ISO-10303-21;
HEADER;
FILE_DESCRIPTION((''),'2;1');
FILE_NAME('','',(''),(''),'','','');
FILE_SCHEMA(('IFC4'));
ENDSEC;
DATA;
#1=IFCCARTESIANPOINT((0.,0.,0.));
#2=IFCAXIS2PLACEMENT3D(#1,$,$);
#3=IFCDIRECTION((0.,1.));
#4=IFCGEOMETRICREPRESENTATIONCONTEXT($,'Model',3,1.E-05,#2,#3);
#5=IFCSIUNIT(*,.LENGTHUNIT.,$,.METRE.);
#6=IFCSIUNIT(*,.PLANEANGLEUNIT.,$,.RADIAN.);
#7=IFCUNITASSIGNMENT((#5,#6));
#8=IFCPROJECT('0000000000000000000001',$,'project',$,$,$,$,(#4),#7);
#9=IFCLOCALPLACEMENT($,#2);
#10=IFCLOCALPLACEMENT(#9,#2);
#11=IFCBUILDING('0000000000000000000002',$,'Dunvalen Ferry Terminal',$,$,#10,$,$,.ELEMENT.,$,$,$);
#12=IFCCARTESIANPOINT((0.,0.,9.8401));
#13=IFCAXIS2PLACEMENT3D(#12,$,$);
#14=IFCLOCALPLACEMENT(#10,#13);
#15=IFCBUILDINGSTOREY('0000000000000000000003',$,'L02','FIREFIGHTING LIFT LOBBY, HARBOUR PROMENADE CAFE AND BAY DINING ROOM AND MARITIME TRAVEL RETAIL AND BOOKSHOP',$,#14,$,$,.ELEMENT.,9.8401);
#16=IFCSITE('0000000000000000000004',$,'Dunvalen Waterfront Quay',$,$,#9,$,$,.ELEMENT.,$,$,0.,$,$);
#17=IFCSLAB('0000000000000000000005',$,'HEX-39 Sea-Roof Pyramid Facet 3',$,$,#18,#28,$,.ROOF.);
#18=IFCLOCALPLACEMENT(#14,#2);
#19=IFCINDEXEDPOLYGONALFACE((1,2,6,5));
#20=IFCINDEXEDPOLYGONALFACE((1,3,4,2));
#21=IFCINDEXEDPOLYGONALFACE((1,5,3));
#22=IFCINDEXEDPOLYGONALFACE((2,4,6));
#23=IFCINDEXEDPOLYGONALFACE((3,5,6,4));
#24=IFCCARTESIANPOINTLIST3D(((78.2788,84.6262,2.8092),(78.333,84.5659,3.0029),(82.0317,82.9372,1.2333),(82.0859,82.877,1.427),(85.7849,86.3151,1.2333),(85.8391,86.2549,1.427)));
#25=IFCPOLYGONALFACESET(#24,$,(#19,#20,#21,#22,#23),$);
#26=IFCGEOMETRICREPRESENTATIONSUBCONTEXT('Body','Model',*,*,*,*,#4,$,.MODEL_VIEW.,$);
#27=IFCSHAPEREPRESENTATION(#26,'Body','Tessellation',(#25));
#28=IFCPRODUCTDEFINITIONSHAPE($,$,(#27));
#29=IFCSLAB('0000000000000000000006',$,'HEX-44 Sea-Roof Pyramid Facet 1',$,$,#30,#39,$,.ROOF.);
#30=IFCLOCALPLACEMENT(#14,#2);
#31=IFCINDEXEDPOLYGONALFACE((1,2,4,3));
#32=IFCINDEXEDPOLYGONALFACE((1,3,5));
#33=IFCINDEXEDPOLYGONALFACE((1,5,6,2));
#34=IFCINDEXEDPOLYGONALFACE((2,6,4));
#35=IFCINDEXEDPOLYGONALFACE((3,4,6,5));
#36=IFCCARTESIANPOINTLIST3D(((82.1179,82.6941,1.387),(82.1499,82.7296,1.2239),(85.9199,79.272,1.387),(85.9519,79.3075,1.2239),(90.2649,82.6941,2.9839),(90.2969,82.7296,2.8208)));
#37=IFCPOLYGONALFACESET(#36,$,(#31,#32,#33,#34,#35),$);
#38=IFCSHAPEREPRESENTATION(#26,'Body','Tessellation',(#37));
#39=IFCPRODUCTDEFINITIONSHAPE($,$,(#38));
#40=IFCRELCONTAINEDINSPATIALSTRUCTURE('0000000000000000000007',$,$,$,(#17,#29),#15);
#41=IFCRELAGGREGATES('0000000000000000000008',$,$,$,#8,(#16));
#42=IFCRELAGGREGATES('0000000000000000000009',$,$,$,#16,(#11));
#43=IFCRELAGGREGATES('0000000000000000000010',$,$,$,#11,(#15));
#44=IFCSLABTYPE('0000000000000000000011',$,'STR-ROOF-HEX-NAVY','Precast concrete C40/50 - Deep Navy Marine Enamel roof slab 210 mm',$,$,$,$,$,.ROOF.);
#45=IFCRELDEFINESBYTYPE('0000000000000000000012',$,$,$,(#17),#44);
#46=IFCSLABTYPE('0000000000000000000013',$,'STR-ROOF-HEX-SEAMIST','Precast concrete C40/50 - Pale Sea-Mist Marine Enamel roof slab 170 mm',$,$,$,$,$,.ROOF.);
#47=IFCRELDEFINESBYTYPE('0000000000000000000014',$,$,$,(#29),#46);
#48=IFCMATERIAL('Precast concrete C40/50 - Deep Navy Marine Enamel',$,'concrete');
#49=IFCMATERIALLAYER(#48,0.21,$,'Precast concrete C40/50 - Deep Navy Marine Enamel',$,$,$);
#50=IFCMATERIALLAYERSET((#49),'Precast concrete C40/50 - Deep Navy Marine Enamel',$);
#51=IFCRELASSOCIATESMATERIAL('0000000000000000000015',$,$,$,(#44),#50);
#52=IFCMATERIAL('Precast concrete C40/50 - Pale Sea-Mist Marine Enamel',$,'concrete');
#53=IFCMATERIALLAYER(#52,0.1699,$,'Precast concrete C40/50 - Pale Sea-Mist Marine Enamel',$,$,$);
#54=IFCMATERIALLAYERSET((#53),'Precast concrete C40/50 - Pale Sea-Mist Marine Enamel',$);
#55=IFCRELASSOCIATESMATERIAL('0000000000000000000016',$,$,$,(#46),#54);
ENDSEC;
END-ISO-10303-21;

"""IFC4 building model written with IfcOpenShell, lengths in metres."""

from ifc_helpers import new_model, si_unit, direction, frame, origin, place, context, subcontext, project, spatial, polyline, outline, extrude, material, layer, layer_set, type_object, element, save


model = new_model("IFC4")

# Units and contexts
model_context = context("Model", 3, precision=1e-05, world=origin(), true_north=direction((0.0, 1.0)))
body_context = subcontext(model_context, "Body", "Model", "MODEL_VIEW")
ifc_project = project(units=[si_unit("LENGTHUNIT", "METRE"), si_unit("PLANEANGLEUNIT", "RADIAN")], contexts=[model_context])

# Site, building, storey
site_placement = place(None, origin())
site = spatial("IfcSite", under=ifc_project, at=site_placement, Name="Dunvalen Waterfront Quay", CompositionType="ELEMENT", RefElevation=0.0)
building_placement = place(site_placement, origin())
building = spatial("IfcBuilding", under=site, at=building_placement, Name="Dunvalen Ferry Terminal", CompositionType="ELEMENT")
storey_placement = place(building_placement, frame((0.0, 0.0, 9.8401)))
storey = spatial("IfcBuildingStorey", under=building, at=storey_placement, Name="L02", Description="FIREFIGHTING LIFT LOBBY, HARBOUR PROMENADE CAFE AND BAY DINING ROOM AND MARITIME TRAVEL RETAIL AND BOOKSHOP", CompositionType="ELEMENT", Elevation=9.8401)

# Slabs
ifc_material_1 = material(Name="Precast concrete C40/50 - Deep Navy Marine Enamel", Category="concrete")
ifc_layer_1 = layer(ifc_material_1, 0.21, Name="Precast concrete C40/50 - Deep Navy Marine Enamel")
ifc_layer_set_1 = layer_set([ifc_layer_1], Name="Precast concrete C40/50 - Deep Navy Marine Enamel")
slab_type_1 = type_object("IfcSlabType", Name="STR-ROOF-HEX-NAVY", Description="Precast concrete C40/50 - Deep Navy Marine Enamel roof slab 210 mm", PredefinedType="ROOF", material=ifc_layer_set_1)
slab_1_placement = place(storey_placement, frame((82.0859, 82.877, 1.427), z_axis=(0.258241, -0.286929, 0.922488), x_axis=(0.743287, 0.668973, 0.0)))
element("IfcSlab", 1, at=slab_1_placement, inside=storey, type_object=slab_type_1, Name="HEX-39 Sea-Roof Pyramid Facet 3", PredefinedType="ROOF", context=body_context, shape_type="SweptSolid", body=[
    extrude(outline(polyline([(0.0, 0.0), (5.0494, 0.0), (-1.6596, 4.0824), (0.0, 0.0)])), origin(), (0.0, 0.0, -1.0), 0.21),
])
ifc_material_2 = material(Name="Precast concrete C40/50 - Pale Sea-Mist Marine Enamel", Category="concrete")
ifc_layer_2 = layer(ifc_material_2, 0.1699, Name="Precast concrete C40/50 - Pale Sea-Mist Marine Enamel")
ifc_layer_set_2 = layer_set([ifc_layer_2], Name="Precast concrete C40/50 - Pale Sea-Mist Marine Enamel")
slab_type_2 = type_object("IfcSlabType", Name="STR-ROOF-HEX-SEAMIST", Description="Precast concrete C40/50 - Pale Sea-Mist Marine Enamel roof slab 170 mm", PredefinedType="ROOF", material=ifc_layer_set_2)
slab_2_placement = place(storey_placement, frame((82.1179, 82.6941, 1.387), z_axis=(-0.188106, -0.208988, 0.959656), x_axis=(0.743263, -0.668999, 0.0)))
element("IfcSlab", 2, at=slab_2_placement, inside=storey, type_object=slab_type_2, Name="HEX-44 Sea-Roof Pyramid Facet 1", PredefinedType="ROOF", context=body_context, shape_type="SweptSolid", body=[
    extrude(outline(polyline([(0.0, 0.0), (5.1153, 0.0), (6.0553, 5.6794), (0.0, 0.0)])), origin(), (0.0, 0.0, -1.0), 0.1699),
])

save(model, "model.ifc")
